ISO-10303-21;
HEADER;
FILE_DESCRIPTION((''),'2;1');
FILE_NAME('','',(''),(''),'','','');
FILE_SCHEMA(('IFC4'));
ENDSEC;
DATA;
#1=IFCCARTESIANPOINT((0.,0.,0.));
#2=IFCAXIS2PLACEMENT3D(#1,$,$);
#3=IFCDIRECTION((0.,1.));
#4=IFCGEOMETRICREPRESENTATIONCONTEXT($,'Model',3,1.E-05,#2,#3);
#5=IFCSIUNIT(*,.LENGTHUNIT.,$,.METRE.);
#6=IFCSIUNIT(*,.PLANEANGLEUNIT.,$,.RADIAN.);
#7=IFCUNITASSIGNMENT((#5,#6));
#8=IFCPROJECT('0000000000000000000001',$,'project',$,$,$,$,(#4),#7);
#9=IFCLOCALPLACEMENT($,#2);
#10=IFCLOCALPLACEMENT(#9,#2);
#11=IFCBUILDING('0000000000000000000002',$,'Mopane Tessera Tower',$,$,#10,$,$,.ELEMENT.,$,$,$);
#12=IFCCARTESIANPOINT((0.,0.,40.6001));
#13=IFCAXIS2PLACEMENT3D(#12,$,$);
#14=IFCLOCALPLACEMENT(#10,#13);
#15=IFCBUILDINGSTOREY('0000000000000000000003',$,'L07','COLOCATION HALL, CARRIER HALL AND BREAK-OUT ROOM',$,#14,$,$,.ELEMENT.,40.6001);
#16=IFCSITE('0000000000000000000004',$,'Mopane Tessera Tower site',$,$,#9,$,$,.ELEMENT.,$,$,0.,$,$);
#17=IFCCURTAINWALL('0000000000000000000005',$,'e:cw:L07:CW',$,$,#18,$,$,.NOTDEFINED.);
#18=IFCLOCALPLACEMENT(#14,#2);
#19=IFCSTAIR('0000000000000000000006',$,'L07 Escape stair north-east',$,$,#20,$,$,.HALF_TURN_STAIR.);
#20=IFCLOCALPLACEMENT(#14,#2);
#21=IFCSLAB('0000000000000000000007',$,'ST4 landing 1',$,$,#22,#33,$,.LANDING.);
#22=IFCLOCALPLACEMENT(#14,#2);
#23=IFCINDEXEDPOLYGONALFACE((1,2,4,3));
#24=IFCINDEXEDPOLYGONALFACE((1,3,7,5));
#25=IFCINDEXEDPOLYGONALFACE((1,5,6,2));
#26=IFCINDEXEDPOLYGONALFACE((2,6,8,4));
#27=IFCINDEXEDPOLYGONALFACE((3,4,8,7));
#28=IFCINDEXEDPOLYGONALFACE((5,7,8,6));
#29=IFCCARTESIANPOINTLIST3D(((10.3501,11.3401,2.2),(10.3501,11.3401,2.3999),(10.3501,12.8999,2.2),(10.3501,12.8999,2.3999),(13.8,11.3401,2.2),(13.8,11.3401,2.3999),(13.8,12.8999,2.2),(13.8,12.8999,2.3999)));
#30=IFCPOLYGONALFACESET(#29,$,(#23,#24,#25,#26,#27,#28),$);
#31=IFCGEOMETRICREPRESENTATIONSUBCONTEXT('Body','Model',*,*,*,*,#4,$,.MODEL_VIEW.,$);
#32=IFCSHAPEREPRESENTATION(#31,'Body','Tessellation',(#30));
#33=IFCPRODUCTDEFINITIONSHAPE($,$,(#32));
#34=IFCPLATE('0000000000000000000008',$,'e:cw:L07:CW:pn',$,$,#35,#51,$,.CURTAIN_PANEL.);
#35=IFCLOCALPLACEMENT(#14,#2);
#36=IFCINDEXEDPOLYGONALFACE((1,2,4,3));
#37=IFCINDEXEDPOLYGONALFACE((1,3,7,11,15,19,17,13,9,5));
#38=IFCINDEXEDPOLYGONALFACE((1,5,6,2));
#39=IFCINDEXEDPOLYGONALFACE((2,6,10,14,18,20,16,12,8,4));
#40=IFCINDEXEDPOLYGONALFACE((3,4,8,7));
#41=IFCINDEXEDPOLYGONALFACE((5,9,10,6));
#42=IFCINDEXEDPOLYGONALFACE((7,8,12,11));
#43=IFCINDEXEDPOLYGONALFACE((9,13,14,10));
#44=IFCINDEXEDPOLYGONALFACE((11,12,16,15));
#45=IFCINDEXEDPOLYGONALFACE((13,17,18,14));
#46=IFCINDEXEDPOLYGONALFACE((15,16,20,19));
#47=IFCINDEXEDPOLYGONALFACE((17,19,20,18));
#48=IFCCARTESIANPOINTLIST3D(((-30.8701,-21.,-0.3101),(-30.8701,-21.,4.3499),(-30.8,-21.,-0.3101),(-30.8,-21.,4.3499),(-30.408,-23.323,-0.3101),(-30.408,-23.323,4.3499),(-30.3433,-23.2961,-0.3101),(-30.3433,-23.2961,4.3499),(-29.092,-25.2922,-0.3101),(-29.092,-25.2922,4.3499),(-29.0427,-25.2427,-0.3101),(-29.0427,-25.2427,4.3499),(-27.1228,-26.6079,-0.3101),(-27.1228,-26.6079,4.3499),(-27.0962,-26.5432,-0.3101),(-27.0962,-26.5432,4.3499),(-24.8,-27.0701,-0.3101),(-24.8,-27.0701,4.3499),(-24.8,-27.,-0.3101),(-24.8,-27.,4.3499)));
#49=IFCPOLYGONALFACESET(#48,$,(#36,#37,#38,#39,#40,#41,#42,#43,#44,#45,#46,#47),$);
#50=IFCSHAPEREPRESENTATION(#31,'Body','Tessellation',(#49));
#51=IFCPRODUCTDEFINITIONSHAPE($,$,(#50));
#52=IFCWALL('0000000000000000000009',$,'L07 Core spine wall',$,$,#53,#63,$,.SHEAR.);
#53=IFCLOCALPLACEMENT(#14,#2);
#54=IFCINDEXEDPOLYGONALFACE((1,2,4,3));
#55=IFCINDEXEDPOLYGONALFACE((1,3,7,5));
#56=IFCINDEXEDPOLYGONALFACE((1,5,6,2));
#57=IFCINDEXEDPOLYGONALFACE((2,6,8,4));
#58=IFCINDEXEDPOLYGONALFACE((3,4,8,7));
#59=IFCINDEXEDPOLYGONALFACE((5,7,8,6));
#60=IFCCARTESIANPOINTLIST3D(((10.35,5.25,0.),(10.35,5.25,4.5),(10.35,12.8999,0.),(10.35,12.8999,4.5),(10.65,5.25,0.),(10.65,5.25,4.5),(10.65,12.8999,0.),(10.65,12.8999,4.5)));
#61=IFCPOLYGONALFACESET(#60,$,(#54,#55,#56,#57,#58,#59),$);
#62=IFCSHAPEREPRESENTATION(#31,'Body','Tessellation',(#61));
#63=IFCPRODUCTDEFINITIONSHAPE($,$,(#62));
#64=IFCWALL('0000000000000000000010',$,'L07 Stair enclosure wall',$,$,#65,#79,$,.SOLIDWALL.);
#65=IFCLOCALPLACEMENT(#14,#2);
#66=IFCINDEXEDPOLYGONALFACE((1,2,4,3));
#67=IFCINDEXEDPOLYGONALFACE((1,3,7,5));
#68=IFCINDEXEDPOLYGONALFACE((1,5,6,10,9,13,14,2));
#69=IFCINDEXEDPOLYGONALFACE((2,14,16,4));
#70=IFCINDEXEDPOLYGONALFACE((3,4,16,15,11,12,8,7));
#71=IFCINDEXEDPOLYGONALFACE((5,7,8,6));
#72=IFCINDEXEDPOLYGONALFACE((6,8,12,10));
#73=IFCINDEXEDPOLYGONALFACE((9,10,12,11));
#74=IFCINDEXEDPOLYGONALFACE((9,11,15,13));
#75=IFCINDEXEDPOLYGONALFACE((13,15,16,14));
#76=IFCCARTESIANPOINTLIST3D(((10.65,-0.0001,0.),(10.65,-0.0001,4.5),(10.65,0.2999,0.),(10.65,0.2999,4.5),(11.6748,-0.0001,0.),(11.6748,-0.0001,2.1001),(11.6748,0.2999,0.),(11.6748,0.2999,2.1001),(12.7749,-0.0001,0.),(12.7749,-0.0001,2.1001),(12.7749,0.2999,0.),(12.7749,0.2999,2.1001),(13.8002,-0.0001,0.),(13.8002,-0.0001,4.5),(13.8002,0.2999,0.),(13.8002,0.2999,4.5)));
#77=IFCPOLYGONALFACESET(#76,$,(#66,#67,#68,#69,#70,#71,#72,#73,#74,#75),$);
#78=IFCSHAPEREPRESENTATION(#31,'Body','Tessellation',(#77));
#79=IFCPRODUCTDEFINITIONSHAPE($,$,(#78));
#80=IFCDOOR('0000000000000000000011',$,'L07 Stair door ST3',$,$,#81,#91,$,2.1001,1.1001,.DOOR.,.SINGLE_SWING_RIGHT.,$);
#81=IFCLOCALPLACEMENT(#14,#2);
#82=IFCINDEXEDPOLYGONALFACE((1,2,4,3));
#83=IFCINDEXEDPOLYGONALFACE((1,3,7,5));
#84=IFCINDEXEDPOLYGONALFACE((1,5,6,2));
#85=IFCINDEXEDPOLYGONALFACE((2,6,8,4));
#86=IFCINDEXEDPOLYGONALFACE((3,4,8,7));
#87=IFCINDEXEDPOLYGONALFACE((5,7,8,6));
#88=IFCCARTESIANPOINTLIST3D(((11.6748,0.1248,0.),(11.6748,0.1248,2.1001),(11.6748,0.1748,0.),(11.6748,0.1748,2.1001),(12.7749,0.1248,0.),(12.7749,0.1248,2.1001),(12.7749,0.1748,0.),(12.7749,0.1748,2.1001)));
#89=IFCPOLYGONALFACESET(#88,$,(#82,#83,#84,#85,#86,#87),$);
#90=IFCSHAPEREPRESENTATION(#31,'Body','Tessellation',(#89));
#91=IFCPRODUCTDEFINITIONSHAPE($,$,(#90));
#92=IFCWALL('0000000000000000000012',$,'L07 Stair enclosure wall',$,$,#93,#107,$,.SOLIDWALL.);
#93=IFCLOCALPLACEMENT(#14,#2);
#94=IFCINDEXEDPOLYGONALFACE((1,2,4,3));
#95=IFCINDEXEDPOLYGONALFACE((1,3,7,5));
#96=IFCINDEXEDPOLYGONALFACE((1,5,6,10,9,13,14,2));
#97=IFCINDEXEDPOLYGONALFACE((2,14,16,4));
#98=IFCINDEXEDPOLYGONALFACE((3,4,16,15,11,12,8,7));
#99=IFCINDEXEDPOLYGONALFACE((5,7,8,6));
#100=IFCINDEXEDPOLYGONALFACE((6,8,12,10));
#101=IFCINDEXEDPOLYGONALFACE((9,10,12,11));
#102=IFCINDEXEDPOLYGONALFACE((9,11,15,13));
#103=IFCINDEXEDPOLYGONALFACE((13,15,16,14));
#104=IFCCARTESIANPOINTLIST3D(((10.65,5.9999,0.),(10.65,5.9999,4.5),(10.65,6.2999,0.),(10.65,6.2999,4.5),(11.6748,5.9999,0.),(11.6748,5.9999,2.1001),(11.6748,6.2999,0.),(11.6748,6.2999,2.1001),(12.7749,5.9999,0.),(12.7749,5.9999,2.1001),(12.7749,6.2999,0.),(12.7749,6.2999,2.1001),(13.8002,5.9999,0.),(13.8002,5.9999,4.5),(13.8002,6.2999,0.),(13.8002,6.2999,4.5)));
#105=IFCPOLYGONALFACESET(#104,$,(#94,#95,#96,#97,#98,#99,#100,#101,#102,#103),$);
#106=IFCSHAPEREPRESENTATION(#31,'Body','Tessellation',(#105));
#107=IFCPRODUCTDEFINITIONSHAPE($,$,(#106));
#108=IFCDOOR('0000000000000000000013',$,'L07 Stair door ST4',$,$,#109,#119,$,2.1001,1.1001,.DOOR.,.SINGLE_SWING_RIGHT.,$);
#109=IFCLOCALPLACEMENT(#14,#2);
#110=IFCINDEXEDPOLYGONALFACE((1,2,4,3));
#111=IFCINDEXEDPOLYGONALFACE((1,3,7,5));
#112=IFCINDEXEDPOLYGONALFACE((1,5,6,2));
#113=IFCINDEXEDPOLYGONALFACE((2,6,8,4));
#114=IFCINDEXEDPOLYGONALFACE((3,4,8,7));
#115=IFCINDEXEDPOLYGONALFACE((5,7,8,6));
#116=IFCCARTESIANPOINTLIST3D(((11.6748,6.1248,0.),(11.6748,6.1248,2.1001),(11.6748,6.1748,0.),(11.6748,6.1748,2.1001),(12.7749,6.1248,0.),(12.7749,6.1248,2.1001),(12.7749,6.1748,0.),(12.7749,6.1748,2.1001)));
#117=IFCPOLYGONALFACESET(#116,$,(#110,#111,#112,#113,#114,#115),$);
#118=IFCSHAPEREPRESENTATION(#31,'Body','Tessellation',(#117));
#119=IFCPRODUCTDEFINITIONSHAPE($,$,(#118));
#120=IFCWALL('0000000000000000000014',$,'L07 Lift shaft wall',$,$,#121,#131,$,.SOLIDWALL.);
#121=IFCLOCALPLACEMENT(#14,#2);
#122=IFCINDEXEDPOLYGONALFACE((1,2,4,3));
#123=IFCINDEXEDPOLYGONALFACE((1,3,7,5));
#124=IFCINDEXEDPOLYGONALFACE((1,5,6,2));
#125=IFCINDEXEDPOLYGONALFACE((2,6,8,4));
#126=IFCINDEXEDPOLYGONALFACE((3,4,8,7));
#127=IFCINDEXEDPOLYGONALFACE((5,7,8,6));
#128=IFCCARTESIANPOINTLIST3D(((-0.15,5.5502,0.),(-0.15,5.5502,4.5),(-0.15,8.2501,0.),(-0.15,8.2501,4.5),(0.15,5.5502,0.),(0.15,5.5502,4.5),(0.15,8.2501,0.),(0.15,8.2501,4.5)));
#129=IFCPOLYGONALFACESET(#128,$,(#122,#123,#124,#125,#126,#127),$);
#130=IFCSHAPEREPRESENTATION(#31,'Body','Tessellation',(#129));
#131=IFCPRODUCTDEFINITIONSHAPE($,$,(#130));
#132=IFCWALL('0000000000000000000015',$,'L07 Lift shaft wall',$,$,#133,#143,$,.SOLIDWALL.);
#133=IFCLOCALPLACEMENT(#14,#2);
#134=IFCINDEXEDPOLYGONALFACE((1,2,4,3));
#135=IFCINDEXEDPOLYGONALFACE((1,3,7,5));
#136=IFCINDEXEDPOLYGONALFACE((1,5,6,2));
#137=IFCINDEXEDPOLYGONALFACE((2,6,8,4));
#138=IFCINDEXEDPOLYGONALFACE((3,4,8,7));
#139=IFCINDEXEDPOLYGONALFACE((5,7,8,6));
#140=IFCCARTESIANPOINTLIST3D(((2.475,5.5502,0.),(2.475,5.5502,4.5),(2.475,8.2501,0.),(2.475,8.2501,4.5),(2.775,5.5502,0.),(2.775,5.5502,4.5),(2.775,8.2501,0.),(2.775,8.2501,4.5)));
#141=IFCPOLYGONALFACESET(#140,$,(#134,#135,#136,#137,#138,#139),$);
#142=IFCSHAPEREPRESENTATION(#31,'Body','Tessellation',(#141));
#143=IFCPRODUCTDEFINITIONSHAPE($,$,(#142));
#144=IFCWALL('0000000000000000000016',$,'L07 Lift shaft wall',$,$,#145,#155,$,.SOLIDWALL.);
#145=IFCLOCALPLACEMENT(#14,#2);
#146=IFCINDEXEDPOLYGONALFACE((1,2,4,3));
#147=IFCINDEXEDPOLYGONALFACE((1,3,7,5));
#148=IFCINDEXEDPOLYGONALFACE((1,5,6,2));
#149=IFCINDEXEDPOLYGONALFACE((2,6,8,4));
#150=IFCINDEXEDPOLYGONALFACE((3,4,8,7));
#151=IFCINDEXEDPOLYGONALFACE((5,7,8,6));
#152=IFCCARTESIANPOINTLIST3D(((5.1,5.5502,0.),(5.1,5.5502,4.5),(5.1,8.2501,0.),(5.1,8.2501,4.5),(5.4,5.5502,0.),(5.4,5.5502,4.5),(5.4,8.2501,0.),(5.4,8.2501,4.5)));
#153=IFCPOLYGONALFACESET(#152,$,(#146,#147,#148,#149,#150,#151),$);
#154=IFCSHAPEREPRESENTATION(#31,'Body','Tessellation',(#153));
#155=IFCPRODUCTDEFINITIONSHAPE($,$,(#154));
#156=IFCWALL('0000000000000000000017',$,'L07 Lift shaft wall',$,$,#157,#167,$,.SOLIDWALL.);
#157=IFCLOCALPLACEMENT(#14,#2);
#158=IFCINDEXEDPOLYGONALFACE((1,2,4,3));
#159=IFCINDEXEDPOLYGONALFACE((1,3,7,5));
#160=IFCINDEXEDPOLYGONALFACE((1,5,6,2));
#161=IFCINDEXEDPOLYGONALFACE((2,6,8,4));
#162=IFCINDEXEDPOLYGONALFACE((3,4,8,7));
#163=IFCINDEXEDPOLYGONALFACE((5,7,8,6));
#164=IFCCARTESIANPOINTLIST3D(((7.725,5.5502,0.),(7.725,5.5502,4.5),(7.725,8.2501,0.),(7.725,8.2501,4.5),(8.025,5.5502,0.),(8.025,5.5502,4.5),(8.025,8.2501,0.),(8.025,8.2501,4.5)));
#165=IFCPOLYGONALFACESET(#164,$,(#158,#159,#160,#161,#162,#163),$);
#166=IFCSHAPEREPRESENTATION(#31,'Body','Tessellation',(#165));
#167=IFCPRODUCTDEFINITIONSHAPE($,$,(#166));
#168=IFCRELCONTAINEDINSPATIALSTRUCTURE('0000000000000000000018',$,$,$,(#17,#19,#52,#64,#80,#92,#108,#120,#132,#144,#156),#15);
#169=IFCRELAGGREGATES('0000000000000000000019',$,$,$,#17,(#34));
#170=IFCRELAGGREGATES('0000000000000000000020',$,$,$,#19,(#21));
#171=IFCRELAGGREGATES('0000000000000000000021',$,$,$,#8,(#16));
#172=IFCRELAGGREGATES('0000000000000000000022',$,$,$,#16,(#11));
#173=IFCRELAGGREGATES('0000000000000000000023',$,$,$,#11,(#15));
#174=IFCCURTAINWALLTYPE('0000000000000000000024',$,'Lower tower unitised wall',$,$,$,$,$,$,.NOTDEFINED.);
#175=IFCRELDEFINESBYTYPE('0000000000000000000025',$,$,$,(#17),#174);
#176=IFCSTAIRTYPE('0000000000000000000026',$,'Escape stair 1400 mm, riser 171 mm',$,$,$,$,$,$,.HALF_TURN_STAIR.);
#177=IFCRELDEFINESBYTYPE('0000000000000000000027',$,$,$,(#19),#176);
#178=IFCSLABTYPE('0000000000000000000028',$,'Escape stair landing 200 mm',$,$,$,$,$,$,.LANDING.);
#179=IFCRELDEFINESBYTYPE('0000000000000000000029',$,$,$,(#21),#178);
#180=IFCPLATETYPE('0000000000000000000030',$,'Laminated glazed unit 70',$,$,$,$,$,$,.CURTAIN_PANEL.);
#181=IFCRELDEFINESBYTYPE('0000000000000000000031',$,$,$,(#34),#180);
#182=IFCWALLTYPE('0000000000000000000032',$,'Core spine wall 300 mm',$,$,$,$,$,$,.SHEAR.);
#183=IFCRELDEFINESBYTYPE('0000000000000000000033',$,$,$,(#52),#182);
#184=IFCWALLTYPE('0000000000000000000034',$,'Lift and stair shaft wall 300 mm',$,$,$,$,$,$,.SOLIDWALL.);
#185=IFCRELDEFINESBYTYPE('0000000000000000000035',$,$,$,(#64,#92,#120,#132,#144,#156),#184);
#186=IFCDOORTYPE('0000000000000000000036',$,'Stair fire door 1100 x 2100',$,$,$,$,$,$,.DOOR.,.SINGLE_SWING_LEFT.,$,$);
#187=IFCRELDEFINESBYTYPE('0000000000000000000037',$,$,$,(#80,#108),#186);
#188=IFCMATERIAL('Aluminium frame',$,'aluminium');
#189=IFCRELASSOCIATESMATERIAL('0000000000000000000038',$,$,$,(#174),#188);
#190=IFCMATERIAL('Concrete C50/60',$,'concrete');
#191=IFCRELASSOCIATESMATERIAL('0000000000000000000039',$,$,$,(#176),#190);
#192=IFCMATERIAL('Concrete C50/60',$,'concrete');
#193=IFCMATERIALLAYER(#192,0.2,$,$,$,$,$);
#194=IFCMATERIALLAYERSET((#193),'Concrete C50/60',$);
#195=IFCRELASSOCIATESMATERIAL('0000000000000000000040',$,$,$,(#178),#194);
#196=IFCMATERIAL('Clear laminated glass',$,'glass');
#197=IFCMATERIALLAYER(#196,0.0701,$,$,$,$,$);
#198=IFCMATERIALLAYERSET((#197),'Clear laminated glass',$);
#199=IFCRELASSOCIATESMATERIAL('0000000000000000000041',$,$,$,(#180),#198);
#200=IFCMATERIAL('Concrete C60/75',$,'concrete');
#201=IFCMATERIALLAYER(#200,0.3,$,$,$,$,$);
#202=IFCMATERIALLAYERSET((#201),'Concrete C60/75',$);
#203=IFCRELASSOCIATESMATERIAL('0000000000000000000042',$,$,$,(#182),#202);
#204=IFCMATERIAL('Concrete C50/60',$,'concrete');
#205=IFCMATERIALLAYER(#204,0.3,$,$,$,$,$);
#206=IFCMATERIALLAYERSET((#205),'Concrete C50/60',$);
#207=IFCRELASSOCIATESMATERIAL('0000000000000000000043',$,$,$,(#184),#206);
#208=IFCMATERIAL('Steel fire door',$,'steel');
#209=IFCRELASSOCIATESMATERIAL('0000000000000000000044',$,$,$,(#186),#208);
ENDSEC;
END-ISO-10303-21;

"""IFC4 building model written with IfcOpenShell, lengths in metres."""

from ifc_helpers import new_model, si_unit, direction, frame, frame_2d, origin, place, context, subcontext, project, spatial, polyline, rectangle, outline, extrude, material, layer, layer_set, type_object, element, fill, aggregate, save


model = new_model("IFC4")

# Units and contexts
model_context = context("Model", 3, precision=1e-05, world=origin(), true_north=direction((0.0, 1.0)))
body_context = subcontext(model_context, "Body", "Model", "MODEL_VIEW")
ifc_project = project(units=[si_unit("LENGTHUNIT", "METRE"), si_unit("PLANEANGLEUNIT", "RADIAN")], contexts=[model_context])

# Site, building, storey
site_placement = place(None, origin())
site = spatial("IfcSite", under=ifc_project, at=site_placement, Name="Mopane Tessera Tower site", CompositionType="ELEMENT", RefElevation=0.0)
building_placement = place(site_placement, origin())
building = spatial("IfcBuilding", under=site, at=building_placement, Name="Mopane Tessera Tower", CompositionType="ELEMENT")
storey_placement = place(building_placement, frame((0.0, 0.0, 40.6001)))
storey = spatial("IfcBuildingStorey", under=building, at=storey_placement, Name="L07", Description="COLOCATION HALL, CARRIER HALL AND BREAK-OUT ROOM", CompositionType="ELEMENT", Elevation=40.6001)

# Curtain wall
ifc_material_1 = material(Name="Aluminium frame", Category="aluminium")
curtain_wall_type = type_object("IfcCurtainWallType", Name="Lower tower unitised wall", PredefinedType="NOTDEFINED", material=ifc_material_1)
curtain_wall_placement = place(storey_placement, origin())
curtain_wall = element("IfcCurtainWall", 1, at=curtain_wall_placement, inside=storey, type_object=curtain_wall_type, Name="e:cw:L07:CW", PredefinedType="NOTDEFINED")

# Stair, slab
ifc_material_2 = material(Name="Concrete C50/60", Category="concrete")
stair_type = type_object("IfcStairType", Name="Escape stair 1400 mm, riser 171 mm", PredefinedType="HALF_TURN_STAIR", material=ifc_material_2)
ifc_material_3 = material(Name="Concrete C50/60", Category="concrete")
ifc_layer_1 = layer(ifc_material_3, 0.2)
ifc_layer_set_1 = layer_set([ifc_layer_1], Name="Concrete C50/60")
slab_type_1 = type_object("IfcSlabType", Name="Escape stair landing 200 mm", PredefinedType="LANDING", material=ifc_layer_set_1)
stair_1_placement = place(storey_placement, origin())
stair_1 = element("IfcStair", 2, at=stair_1_placement, inside=storey, type_object=stair_type, Name="L07 Escape stair north-east", PredefinedType="HALF_TURN_STAIR")
slab_1_placement = place(storey_placement, frame((0.0, 0.0, 2.2)))
slab_1 = element("IfcSlab", 3, at=slab_1_placement, type_object=slab_type_1, Name="ST4 landing 1", PredefinedType="LANDING", context=body_context, shape_type="SweptSolid", body=[
    extrude(outline(polyline([(13.8, 11.3401), (13.8, 12.8999), (10.3501, 12.8999), (10.3501, 11.3401), (13.8, 11.3401)])), origin(), (0.0, 0.0, 1.0), 0.2),
])

# Plate
ifc_material_4 = material(Name="Clear laminated glass", Category="glass")
ifc_layer_2 = layer(ifc_material_4, 0.0701)
ifc_layer_set_2 = layer_set([ifc_layer_2], Name="Clear laminated glass")
plate_type = type_object("IfcPlateType", Name="Laminated glazed unit 70", PredefinedType="CURTAIN_PANEL", material=ifc_layer_set_2)
plate_placement = place(storey_placement, frame((0.0, 0.0, -0.3101)))
plate = element("IfcPlate", 4, at=plate_placement, type_object=plate_type, Name="e:cw:L07:CW:pn", PredefinedType="CURTAIN_PANEL", context=body_context, shape_type="SweptSolid", body=[
    extrude(outline(polyline([(-30.8, -21.0), (-30.3433, -23.2961), (-29.0427, -25.2427), (-27.0962, -26.5432), (-24.8, -27.0), (-24.8, -27.0701), (-27.1228, -26.6079), (-29.092, -25.2922), (-30.408, -23.323), (-30.8701, -21.0), (-30.8, -21.0)])), origin(), (0.0, 0.0, 1.0), 4.6599),
])
aggregate(curtain_wall, [plate])

# Wall
ifc_material_5 = material(Name="Concrete C60/75", Category="concrete")
ifc_layer_3 = layer(ifc_material_5, 0.3)
ifc_layer_set_3 = layer_set([ifc_layer_3], Name="Concrete C60/75")
wall_type_1 = type_object("IfcWallType", Name="Core spine wall 300 mm", PredefinedType="SHEAR", material=ifc_layer_set_3)
wall_1_placement = place(storey_placement, frame((10.5, 5.25, 0.0), z_axis=(0.0, 0.0, 1.0), x_axis=(0.0, 1.0, 0.0)))
element("IfcWall", 5, at=wall_1_placement, inside=storey, type_object=wall_type_1, Name="L07 Core spine wall", PredefinedType="SHEAR", context=body_context, shape_type="SweptSolid", body=[
    extrude(rectangle(XDim=7.6499, YDim=0.3, at=frame_2d((3.825, 0.0))), origin(), (0.0, 0.0, 1.0), 4.5),
])

# Walls, openings, doors
ifc_material_6 = material(Name="Concrete C50/60", Category="concrete")
ifc_layer_4 = layer(ifc_material_6, 0.3)
ifc_layer_set_4 = layer_set([ifc_layer_4], Name="Concrete C50/60")
wall_type_2 = type_object("IfcWallType", Name="Lift and stair shaft wall 300 mm", PredefinedType="SOLIDWALL", material=ifc_layer_set_4)
wall_2_placement = place(storey_placement, frame((10.6499, 0.1499, 0.0), z_axis=(0.0, 0.0, 1.0), x_axis=(1.0, 0.0, 0.0)))
wall_2 = element("IfcWall", 6, at=wall_2_placement, inside=storey, type_object=wall_type_2, Name="L07 Stair enclosure wall", PredefinedType="SOLIDWALL", context=body_context, shape_type="SweptSolid", body=[
    extrude(rectangle(XDim=3.1501, YDim=0.3, at=frame_2d((1.5752, 0.0))), origin(), (0.0, 0.0, 1.0), 4.5),
])
opening_1_placement = place(wall_2_placement, frame((1.0249, 0.0, 0.0)))
opening_1 = element("IfcOpeningElement", 7, at=opening_1_placement, cuts=wall_2, PredefinedType="OPENING", context=body_context, shape_type="SweptSolid", body=[
    extrude(rectangle(XDim=1.1001, YDim=2.1001, at=frame_2d((0.55, 1.05))), frame((0.0, 0.1621, 0.0), z_axis=(0.0, -1.0, 0.0), x_axis=(1.0, 0.0, 0.0)), (0.0, 0.0, 1.0), 0.324),
])
ifc_material_7 = material(Name="Steel fire door", Category="steel")
door_type = type_object("IfcDoorType", Name="Stair fire door 1100 x 2100", OperationType="SINGLE_SWING_LEFT", PredefinedType="DOOR", material=ifc_material_7)
door_1_placement = place(opening_1_placement, origin())
door_1 = element("IfcDoor", 8, at=door_1_placement, inside=storey, type_object=door_type, Name="L07 Stair door ST3", OperationType="SINGLE_SWING_RIGHT", OverallHeight=2.1001, OverallWidth=1.1001, PredefinedType="DOOR", context=body_context, shape_type="SweptSolid", body=[
    extrude(rectangle(XDim=1.1001, YDim=2.1001, at=frame_2d((0.55, 1.05))), frame((0.0, 0.0249, 0.0), z_axis=(0.0, -1.0, 0.0), x_axis=(1.0, 0.0, 0.0)), (0.0, 0.0, 1.0), 0.05),
])
fill(opening_1, door_1)
wall_3_placement = place(storey_placement, frame((10.6499, 6.1499, 0.0), z_axis=(0.0, 0.0, 1.0), x_axis=(1.0, 0.0, 0.0)))
wall_3 = element("IfcWall", 9, at=wall_3_placement, inside=storey, type_object=wall_type_2, Name="L07 Stair enclosure wall", PredefinedType="SOLIDWALL", context=body_context, shape_type="SweptSolid", body=[
    extrude(rectangle(XDim=3.1501, YDim=0.3, at=frame_2d((1.5752, 0.0))), origin(), (0.0, 0.0, 1.0), 4.5),
])
opening_2_placement = place(wall_3_placement, frame((1.0249, 0.0, 0.0)))
opening_2 = element("IfcOpeningElement", 10, at=opening_2_placement, cuts=wall_3, PredefinedType="OPENING", context=body_context, shape_type="SweptSolid", body=[
    extrude(rectangle(XDim=1.1001, YDim=2.1001, at=frame_2d((0.55, 1.05))), frame((0.0, 0.1621, 0.0), z_axis=(0.0, -1.0, 0.0), x_axis=(1.0, 0.0, 0.0)), (0.0, 0.0, 1.0), 0.324),
])
door_2_placement = place(opening_2_placement, origin())
door_2 = element("IfcDoor", 11, at=door_2_placement, inside=storey, type_object=door_type, Name="L07 Stair door ST4", OperationType="SINGLE_SWING_RIGHT", OverallHeight=2.1001, OverallWidth=1.1001, PredefinedType="DOOR", context=body_context, shape_type="SweptSolid", body=[
    extrude(rectangle(XDim=1.1001, YDim=2.1001, at=frame_2d((0.55, 1.05))), frame((0.0, 0.0249, 0.0), z_axis=(0.0, -1.0, 0.0), x_axis=(1.0, 0.0, 0.0)), (0.0, 0.0, 1.0), 0.05),
])
fill(opening_2, door_2)

# Walls
for number, where, z_axis, x_axis, name in (
    (12, (0.0, 5.55, 0.0), (0.0, 0.0, 1.0), (0.0, 1.0, 0.0), "L07 Lift shaft wall"),
    (13, (2.625, 5.55, 0.0), (0.0, 0.0, 1.0), (0.0, 1.0, 0.0), "L07 Lift shaft wall"),
    (14, (5.25, 5.55, 0.0), (0.0, 0.0, 1.0), (0.0, 1.0, 0.0), "L07 Lift shaft wall"),
    (15, (7.875, 5.55, 0.0), (0.0, 0.0, 1.0), (0.0, 1.0, 0.0), "L07 Lift shaft wall"),
):
    element("IfcWall", number, at=place(storey_placement, frame(where, z_axis=z_axis, x_axis=x_axis)), inside=storey, type_object=wall_type_2, Name=name, PredefinedType="SOLIDWALL", context=body_context, shape_type="SweptSolid", body=[
        extrude(rectangle(XDim=2.7, YDim=0.3, at=frame_2d((1.3501, 0.0))), origin(), (0.0, 0.0, 1.0), 4.5),
    ])

aggregate(stair_1, [slab_1])

save(model, "model.ifc")
